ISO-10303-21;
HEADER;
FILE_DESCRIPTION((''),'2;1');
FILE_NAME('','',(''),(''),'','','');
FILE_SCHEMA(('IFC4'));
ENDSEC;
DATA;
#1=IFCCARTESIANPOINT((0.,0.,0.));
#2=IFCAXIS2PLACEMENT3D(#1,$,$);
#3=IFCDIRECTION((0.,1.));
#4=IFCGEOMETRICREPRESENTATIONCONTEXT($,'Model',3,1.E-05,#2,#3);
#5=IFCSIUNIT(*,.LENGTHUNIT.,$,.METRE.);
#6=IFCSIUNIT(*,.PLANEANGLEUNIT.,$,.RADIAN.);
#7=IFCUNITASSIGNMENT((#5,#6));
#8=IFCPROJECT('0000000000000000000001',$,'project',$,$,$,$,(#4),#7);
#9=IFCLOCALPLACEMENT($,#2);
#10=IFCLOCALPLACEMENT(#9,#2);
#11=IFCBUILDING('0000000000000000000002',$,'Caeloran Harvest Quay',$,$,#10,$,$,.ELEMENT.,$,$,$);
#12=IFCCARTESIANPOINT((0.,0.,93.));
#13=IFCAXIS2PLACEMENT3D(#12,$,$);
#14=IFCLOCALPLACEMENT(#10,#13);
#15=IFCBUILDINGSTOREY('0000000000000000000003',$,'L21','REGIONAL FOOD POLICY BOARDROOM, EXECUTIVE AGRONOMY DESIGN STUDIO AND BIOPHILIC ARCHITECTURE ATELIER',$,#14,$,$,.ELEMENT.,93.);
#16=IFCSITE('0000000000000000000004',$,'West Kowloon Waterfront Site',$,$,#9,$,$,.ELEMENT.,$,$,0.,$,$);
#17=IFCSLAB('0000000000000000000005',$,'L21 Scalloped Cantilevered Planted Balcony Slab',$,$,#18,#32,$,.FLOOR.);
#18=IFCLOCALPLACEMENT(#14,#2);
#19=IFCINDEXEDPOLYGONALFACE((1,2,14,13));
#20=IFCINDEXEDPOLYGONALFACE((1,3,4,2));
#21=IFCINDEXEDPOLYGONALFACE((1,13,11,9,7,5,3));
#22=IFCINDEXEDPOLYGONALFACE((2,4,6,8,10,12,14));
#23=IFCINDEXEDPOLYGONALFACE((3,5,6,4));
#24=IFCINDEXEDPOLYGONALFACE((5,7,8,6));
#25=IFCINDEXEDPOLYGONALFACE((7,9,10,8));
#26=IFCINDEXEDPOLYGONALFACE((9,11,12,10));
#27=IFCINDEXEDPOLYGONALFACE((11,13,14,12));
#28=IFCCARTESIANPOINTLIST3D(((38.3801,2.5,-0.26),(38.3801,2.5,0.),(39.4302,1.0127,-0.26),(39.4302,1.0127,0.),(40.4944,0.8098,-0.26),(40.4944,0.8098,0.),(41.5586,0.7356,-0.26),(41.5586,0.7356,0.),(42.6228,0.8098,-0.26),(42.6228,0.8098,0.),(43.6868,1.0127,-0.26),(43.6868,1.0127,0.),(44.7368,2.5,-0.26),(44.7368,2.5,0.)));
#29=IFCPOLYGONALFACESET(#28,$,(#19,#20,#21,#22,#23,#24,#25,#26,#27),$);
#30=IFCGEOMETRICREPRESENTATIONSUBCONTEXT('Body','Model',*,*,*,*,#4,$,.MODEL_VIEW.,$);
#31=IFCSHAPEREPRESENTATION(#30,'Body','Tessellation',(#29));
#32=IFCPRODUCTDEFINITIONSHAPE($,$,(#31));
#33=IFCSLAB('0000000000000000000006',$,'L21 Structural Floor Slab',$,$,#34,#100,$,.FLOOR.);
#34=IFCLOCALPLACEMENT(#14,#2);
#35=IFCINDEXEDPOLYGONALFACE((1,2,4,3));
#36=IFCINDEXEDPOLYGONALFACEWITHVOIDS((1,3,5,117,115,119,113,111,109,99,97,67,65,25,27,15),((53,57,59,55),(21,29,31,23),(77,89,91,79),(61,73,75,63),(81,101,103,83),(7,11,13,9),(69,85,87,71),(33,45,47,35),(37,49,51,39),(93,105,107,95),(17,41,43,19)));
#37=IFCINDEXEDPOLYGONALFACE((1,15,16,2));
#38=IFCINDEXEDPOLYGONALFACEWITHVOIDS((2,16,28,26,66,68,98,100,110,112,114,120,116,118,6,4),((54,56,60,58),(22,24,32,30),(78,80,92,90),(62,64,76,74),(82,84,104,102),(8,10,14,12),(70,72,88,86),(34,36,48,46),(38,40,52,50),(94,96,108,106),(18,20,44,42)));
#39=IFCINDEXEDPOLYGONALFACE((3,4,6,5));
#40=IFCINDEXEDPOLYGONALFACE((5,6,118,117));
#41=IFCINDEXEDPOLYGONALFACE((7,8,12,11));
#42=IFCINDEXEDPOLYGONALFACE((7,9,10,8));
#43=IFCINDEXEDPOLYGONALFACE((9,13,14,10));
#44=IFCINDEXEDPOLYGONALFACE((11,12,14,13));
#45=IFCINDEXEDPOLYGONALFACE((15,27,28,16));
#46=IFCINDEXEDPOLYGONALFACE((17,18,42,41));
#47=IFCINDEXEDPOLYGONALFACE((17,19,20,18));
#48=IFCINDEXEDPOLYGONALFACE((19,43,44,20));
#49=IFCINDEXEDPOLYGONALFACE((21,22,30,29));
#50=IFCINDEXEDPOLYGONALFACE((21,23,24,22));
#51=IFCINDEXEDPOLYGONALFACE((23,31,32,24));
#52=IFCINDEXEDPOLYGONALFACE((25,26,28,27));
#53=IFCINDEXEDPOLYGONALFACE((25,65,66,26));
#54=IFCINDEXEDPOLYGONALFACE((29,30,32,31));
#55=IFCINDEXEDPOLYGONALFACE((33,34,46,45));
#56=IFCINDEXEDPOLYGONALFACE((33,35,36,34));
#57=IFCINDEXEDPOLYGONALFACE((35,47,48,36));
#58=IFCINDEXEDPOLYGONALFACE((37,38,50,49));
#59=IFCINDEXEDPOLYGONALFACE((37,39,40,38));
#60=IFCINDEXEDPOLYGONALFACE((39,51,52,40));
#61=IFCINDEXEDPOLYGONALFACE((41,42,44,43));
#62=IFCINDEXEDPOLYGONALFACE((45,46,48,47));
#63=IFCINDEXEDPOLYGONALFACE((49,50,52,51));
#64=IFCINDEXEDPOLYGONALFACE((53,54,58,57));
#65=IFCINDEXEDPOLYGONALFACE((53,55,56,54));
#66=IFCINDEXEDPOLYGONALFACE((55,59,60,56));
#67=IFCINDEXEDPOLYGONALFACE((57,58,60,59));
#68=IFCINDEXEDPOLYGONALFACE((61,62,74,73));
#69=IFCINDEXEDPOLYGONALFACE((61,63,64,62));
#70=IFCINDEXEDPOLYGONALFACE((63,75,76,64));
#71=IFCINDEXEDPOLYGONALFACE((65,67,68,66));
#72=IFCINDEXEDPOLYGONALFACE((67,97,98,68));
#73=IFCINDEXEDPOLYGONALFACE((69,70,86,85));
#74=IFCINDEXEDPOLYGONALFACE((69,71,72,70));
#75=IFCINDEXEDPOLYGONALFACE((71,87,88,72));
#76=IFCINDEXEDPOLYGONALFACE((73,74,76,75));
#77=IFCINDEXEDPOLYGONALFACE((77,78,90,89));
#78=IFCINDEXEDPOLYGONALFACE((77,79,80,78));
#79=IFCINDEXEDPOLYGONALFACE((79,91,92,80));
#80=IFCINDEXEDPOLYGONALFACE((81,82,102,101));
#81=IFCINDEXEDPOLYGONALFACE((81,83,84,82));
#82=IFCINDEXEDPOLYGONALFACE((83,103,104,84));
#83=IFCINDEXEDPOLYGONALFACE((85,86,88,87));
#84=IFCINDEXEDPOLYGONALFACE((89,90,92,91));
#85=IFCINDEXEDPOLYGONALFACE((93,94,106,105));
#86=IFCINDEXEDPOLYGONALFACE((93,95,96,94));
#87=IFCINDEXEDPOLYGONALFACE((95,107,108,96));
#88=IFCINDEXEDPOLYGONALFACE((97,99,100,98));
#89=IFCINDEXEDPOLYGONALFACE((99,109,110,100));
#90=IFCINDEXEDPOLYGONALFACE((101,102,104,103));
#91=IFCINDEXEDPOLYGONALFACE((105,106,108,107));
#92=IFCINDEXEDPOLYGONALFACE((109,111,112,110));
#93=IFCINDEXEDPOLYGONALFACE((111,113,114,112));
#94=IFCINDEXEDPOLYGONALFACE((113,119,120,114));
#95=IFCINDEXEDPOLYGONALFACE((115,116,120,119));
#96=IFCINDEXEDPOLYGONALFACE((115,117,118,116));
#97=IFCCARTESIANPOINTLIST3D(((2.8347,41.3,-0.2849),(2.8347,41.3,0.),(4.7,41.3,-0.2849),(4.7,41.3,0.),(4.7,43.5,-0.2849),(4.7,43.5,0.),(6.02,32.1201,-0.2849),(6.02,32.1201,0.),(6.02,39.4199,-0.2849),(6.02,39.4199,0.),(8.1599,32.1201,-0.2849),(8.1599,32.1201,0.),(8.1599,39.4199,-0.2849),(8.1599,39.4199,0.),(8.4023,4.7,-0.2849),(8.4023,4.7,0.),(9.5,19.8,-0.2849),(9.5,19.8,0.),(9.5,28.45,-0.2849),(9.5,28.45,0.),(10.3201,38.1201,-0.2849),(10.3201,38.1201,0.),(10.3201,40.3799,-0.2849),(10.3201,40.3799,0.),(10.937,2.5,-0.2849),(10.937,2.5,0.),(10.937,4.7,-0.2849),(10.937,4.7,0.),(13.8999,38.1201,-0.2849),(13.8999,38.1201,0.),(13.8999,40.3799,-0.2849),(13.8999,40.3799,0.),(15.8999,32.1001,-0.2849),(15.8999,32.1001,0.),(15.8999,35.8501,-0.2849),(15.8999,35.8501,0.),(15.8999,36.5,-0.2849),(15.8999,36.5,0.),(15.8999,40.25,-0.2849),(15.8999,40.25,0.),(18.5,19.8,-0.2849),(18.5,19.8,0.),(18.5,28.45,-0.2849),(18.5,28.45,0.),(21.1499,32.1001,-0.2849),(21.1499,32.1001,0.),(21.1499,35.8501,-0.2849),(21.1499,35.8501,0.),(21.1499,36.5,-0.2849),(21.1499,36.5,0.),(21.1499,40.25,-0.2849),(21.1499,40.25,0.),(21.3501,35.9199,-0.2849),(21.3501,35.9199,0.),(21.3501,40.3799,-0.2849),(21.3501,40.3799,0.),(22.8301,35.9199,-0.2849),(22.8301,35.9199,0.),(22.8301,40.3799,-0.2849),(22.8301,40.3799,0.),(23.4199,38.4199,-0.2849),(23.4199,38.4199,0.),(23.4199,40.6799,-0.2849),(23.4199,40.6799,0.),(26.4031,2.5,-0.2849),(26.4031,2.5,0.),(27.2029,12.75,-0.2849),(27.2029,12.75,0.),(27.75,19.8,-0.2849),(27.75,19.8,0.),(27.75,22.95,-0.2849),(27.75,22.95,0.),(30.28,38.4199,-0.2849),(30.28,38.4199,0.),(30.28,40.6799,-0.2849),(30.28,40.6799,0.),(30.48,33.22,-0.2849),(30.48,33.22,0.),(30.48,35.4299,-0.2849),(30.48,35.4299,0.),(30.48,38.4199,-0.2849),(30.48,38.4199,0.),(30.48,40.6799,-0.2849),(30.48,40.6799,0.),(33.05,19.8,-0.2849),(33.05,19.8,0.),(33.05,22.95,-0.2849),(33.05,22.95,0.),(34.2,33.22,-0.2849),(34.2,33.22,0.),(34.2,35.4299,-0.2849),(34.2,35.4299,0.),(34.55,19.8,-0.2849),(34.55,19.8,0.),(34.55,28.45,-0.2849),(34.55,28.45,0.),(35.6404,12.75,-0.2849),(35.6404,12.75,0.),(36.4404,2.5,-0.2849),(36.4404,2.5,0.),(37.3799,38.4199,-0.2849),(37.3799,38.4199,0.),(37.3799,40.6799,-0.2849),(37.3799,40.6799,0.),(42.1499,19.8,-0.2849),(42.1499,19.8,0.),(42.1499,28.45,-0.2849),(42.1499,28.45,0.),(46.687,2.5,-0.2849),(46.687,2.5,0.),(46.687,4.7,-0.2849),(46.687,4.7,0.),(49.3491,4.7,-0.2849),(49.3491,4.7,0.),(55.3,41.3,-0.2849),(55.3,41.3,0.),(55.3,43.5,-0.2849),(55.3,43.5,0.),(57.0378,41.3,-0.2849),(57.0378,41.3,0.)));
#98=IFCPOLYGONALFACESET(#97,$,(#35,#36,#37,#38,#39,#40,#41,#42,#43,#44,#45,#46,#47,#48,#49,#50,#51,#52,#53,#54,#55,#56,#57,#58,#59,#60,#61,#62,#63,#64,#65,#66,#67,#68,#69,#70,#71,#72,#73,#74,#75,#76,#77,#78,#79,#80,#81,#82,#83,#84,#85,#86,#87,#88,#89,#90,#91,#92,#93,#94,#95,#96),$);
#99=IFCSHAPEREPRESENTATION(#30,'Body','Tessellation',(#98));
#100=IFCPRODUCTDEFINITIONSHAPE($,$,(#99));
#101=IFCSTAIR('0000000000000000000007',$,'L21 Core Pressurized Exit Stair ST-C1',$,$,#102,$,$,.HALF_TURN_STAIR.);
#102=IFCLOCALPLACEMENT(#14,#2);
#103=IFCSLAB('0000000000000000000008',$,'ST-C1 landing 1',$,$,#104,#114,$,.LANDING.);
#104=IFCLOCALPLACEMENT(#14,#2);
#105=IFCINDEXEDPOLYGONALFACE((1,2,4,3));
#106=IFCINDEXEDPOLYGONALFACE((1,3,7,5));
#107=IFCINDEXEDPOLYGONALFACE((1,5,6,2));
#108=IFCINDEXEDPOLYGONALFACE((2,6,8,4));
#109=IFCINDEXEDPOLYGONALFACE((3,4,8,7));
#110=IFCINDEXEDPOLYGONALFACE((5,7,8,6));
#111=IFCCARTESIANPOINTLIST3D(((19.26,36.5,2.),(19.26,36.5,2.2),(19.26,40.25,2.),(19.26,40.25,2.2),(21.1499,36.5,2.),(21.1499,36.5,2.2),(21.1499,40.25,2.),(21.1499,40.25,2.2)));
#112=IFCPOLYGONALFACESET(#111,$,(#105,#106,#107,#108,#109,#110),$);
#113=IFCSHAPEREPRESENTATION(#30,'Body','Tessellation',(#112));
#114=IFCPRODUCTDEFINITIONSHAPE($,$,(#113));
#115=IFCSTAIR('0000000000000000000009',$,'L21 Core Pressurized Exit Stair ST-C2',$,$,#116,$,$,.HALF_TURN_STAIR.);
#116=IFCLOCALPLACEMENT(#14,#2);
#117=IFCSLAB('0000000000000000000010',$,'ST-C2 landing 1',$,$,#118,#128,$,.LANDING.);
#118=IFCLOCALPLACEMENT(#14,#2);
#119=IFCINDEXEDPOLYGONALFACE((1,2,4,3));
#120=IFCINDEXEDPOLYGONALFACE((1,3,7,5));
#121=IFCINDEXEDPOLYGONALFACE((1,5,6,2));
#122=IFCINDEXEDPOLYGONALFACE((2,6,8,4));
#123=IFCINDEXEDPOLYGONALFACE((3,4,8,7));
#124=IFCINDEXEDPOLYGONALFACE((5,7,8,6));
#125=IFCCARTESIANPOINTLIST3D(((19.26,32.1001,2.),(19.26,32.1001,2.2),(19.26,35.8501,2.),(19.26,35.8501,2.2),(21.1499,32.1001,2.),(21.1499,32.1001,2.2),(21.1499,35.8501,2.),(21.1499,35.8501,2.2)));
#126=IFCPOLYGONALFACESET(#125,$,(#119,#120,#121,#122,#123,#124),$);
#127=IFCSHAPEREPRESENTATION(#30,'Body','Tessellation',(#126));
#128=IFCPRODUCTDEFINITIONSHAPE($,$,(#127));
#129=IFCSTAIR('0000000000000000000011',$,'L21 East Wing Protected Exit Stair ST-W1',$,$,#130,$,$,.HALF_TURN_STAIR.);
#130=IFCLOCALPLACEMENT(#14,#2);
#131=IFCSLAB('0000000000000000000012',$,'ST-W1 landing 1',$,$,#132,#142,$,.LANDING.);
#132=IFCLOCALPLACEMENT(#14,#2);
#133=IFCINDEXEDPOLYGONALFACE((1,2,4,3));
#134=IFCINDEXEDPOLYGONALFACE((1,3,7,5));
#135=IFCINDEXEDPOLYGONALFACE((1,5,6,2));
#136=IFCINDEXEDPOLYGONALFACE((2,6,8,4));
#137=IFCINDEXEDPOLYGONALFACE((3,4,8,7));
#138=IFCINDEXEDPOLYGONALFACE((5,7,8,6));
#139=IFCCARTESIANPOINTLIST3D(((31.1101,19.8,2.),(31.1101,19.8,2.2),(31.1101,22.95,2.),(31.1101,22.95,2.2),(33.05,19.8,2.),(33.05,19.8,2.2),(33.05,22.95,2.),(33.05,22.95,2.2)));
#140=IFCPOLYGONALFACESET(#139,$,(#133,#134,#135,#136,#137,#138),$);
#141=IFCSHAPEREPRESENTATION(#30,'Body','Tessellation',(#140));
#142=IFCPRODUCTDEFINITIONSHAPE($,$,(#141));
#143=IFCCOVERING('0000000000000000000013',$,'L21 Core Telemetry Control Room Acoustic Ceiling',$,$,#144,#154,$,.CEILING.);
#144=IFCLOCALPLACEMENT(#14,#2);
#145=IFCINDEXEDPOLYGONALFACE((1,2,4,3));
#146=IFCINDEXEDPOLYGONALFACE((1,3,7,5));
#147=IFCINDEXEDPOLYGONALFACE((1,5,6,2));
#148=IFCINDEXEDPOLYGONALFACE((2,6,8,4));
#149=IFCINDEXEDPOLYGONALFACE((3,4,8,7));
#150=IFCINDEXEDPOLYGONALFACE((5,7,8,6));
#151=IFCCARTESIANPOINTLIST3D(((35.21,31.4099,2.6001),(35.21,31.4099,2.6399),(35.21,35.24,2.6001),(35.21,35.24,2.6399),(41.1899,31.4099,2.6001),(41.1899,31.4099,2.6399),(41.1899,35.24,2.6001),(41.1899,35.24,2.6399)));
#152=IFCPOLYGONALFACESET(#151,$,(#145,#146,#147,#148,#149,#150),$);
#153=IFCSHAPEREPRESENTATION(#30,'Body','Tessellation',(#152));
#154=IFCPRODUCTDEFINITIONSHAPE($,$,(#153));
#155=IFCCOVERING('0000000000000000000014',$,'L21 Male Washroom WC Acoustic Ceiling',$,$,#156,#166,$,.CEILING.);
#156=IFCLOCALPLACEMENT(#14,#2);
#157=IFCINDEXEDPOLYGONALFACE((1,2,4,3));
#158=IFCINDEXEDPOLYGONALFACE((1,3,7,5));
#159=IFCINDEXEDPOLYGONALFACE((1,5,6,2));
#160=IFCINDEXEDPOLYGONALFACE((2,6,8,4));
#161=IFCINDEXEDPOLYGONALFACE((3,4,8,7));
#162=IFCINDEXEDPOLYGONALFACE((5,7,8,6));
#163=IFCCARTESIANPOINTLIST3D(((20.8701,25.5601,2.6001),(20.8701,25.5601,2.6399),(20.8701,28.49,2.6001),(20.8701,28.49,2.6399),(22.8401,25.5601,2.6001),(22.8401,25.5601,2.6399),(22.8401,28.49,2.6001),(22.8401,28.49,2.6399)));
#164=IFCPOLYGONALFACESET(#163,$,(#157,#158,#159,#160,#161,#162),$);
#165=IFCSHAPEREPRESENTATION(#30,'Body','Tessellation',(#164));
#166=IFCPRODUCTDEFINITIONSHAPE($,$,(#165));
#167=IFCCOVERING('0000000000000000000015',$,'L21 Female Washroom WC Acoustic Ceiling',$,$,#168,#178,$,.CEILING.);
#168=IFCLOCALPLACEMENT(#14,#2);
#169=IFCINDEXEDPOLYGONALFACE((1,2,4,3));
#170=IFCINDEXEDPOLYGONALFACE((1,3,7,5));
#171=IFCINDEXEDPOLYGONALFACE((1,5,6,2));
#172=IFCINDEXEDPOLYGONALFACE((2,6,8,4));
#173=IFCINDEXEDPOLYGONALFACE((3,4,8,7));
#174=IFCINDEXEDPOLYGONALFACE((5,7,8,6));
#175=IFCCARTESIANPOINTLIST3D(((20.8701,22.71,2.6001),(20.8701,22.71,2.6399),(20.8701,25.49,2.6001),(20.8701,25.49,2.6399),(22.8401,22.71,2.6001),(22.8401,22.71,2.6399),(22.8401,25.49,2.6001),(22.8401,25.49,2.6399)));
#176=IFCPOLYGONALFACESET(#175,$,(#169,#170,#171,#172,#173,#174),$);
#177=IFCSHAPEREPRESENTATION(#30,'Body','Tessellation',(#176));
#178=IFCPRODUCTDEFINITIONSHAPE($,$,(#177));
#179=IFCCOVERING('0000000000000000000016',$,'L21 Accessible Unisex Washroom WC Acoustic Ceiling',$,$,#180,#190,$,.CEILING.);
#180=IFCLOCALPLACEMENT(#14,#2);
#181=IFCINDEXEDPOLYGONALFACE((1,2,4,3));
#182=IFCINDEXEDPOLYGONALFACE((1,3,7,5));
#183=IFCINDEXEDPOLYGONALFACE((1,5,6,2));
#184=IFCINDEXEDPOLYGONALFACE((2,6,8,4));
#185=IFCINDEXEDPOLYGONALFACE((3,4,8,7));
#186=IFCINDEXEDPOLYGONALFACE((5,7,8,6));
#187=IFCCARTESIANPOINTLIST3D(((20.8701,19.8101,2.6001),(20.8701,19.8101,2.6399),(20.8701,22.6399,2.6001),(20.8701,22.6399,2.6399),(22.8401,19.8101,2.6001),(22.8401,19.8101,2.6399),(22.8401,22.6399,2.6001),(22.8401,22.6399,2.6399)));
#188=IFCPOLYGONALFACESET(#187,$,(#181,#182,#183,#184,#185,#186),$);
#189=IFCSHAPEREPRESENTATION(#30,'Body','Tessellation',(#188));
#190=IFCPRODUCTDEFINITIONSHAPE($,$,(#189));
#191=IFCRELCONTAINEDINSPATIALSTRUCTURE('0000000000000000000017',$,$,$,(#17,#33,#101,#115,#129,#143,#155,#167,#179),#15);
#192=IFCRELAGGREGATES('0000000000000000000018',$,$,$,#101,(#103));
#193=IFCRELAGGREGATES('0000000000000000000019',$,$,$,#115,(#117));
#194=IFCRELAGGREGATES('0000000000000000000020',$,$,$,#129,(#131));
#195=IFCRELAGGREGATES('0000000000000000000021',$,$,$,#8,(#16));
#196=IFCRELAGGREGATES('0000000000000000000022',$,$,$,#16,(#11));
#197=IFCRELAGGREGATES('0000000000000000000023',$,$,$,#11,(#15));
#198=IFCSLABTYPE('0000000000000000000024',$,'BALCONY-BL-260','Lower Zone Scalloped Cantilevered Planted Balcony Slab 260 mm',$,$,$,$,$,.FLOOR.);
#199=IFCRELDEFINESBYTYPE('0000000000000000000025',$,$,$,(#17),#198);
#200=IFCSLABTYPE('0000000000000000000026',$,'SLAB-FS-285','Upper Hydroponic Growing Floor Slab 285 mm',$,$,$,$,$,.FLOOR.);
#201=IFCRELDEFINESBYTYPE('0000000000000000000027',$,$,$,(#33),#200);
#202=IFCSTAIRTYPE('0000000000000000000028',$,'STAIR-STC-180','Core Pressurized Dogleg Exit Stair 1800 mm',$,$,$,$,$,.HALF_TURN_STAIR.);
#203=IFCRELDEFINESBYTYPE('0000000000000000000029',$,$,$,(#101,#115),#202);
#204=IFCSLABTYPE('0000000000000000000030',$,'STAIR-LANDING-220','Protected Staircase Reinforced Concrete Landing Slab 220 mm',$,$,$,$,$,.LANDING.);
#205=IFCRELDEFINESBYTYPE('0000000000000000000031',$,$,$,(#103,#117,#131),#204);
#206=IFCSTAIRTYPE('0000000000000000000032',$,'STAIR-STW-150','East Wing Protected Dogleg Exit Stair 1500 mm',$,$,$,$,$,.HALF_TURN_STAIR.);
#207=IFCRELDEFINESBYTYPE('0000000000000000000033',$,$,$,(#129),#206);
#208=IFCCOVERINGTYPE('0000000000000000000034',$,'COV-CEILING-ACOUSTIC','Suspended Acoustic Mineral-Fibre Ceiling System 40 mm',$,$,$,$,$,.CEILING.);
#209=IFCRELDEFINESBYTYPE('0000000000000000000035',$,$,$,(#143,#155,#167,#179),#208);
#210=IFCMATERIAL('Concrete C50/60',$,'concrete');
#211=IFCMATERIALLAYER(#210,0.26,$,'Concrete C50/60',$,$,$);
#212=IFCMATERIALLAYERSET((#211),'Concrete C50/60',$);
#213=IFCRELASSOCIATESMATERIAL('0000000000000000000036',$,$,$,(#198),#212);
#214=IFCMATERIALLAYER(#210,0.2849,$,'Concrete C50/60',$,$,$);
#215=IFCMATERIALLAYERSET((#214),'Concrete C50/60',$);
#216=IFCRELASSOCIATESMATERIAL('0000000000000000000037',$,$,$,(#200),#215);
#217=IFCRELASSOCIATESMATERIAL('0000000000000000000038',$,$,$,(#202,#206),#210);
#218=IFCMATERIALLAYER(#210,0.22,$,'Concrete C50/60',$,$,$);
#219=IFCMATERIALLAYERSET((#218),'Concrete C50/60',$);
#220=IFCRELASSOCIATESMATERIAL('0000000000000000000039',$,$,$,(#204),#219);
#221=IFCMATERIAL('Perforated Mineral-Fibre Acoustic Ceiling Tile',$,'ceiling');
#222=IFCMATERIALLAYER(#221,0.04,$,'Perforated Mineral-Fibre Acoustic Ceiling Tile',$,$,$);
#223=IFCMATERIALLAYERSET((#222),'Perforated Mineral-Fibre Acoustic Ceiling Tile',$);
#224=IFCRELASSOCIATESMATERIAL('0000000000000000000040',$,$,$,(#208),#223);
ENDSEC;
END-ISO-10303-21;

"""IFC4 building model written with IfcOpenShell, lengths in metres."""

from ifc_helpers import new_model, si_unit, direction, frame, origin, place, context, subcontext, project, spatial, polyline, outline, extrude, material, layer, layer_set, type_object, element, aggregate, save


model = new_model("IFC4")

# Units and contexts
model_context = context("Model", 3, precision=1e-05, world=origin(), true_north=direction((0.0, 1.0)))
body_context = subcontext(model_context, "Body", "Model", "MODEL_VIEW")
ifc_project = project(units=[si_unit("LENGTHUNIT", "METRE"), si_unit("PLANEANGLEUNIT", "RADIAN")], contexts=[model_context])

# Site, building, storey
site_placement = place(None, origin())
site = spatial("IfcSite", under=ifc_project, at=site_placement, Name="West Kowloon Waterfront Site", CompositionType="ELEMENT", RefElevation=0.0)
building_placement = place(site_placement, origin())
building = spatial("IfcBuilding", under=site, at=building_placement, Name="Caeloran Harvest Quay", CompositionType="ELEMENT")
storey_placement = place(building_placement, frame((0.0, 0.0, 93.0)))
storey = spatial("IfcBuildingStorey", under=building, at=storey_placement, Name="L21", Description="REGIONAL FOOD POLICY BOARDROOM, EXECUTIVE AGRONOMY DESIGN STUDIO AND BIOPHILIC ARCHITECTURE ATELIER", CompositionType="ELEMENT", Elevation=93.0)

# Slabs
ifc_material_1 = material(Name="Concrete C50/60", Category="concrete")
ifc_layer_1 = layer(ifc_material_1, 0.26, Name="Concrete C50/60")
ifc_layer_set_1 = layer_set([ifc_layer_1], Name="Concrete C50/60")
slab_type_1 = type_object("IfcSlabType", Name="BALCONY-BL-260", Description="Lower Zone Scalloped Cantilevered Planted Balcony Slab 260 mm", PredefinedType="FLOOR", material=ifc_layer_set_1)
slab_1_placement = place(storey_placement, frame((0.0, 0.0, -0.26)))
element("IfcSlab", 1, at=slab_1_placement, inside=storey, type_object=slab_type_1, Name="L21 Scalloped Cantilevered Planted Balcony Slab", PredefinedType="FLOOR", context=body_context, shape_type="SweptSolid", body=[
    extrude(outline(polyline([(43.6868, 1.0127), (42.6228, 0.8098), (41.5586, 0.7356), (40.4944, 0.8098), (39.4302, 1.0127), (38.3801, 2.5), (44.7368, 2.5), (43.6868, 1.0127)])), origin(), (0.0, 0.0, 1.0), 0.26),
])
ifc_layer_2 = layer(ifc_material_1, 0.2849, Name="Concrete C50/60")
ifc_layer_set_2 = layer_set([ifc_layer_2], Name="Concrete C50/60")
slab_type_2 = type_object("IfcSlabType", Name="SLAB-FS-285", Description="Upper Hydroponic Growing Floor Slab 285 mm", PredefinedType="FLOOR", material=ifc_layer_set_2)
slab_2_placement = place(storey_placement, frame((0.0, 0.0, -0.2849)))
element("IfcSlab", 2, at=slab_2_placement, inside=storey, type_object=slab_type_2, Name="L21 Structural Floor Slab", PredefinedType="FLOOR", context=body_context, shape_type="SweptSolid", body=[
    extrude(outline(polyline([(10.937, 2.5), (26.4031, 2.5), (27.2029, 12.75), (35.6404, 12.75), (36.4404, 2.5), (46.687, 2.5), (46.687, 4.7), (49.3491, 4.7), (57.0378, 41.3), (55.3, 41.3), (55.3, 43.5), (4.7, 43.5), (4.7, 41.3), (2.8347, 41.3), (8.4023, 4.7), (10.937, 4.7), (10.937, 2.5)]), holes=[polyline([(18.5, 19.8), (9.5, 19.8), (9.5, 28.45), (18.5, 28.45), (18.5, 19.8)]), polyline([(15.8999, 32.1001), (15.8999, 35.8501), (21.1499, 35.8501), (21.1499, 32.1001), (15.8999, 32.1001)]), polyline([(8.1599, 32.1201), (6.02, 32.1201), (6.02, 39.4199), (8.1599, 39.4199), (8.1599, 32.1201)]), polyline([(21.3501, 35.9199), (21.3501, 40.3799), (22.8301, 40.3799), (22.8301, 35.9199), (21.3501, 35.9199)]), polyline([(15.8999, 40.25), (21.1499, 40.25), (21.1499, 36.5), (15.8999, 36.5), (15.8999, 40.25)]), polyline([(13.8999, 38.1201), (10.3201, 38.1201), (10.3201, 40.3799), (13.8999, 40.3799), (13.8999, 38.1201)]), polyline([(27.75, 22.95), (33.05, 22.95), (33.05, 19.8), (27.75, 19.8), (27.75, 22.95)]), polyline([(34.55, 19.8), (34.55, 28.45), (42.1499, 28.45), (42.1499, 19.8), (34.55, 19.8)]), polyline([(34.2, 33.22), (30.48, 33.22), (30.48, 35.4299), (34.2, 35.4299), (34.2, 33.22)]), polyline([(23.4199, 38.4199), (23.4199, 40.6799), (30.28, 40.6799), (30.28, 38.4199), (23.4199, 38.4199)]), polyline([(30.48, 38.4199), (30.48, 40.6799), (37.3799, 40.6799), (37.3799, 38.4199), (30.48, 38.4199)])]), origin(), (0.0, 0.0, 1.0), 0.2849),
])

# Stairs, slabs
stair_type_1 = type_object("IfcStairType", Name="STAIR-STC-180", Description="Core Pressurized Dogleg Exit Stair 1800 mm", PredefinedType="HALF_TURN_STAIR", material=ifc_material_1)
stair_1_placement = place(storey_placement, origin())
stair_1 = element("IfcStair", 3, at=stair_1_placement, inside=storey, type_object=stair_type_1, Name="L21 Core Pressurized Exit Stair ST-C1", PredefinedType="HALF_TURN_STAIR")
ifc_layer_3 = layer(ifc_material_1, 0.22, Name="Concrete C50/60")
ifc_layer_set_3 = layer_set([ifc_layer_3], Name="Concrete C50/60")
slab_type_3 = type_object("IfcSlabType", Name="STAIR-LANDING-220", Description="Protected Staircase Reinforced Concrete Landing Slab 220 mm", PredefinedType="LANDING", material=ifc_layer_set_3)
slab_3_placement = place(storey_placement, frame((0.0, 0.0, 2.0)))
slab_3 = element("IfcSlab", 4, at=slab_3_placement, type_object=slab_type_3, Name="ST-C1 landing 1", PredefinedType="LANDING", context=body_context, shape_type="SweptSolid", body=[
    extrude(outline(polyline([(19.26, 36.5), (21.1499, 36.5), (21.1499, 40.25), (19.26, 40.25), (19.26, 36.5)])), origin(), (0.0, 0.0, 1.0), 0.2),
])
aggregate(stair_1, [slab_3])
stair_2_placement = place(storey_placement, origin())
stair_2 = element("IfcStair", 5, at=stair_2_placement, inside=storey, type_object=stair_type_1, Name="L21 Core Pressurized Exit Stair ST-C2", PredefinedType="HALF_TURN_STAIR")
slab_4_placement = place(storey_placement, frame((0.0, 0.0, 2.0)))
slab_4 = element("IfcSlab", 6, at=slab_4_placement, type_object=slab_type_3, Name="ST-C2 landing 1", PredefinedType="LANDING", context=body_context, shape_type="SweptSolid", body=[
    extrude(outline(polyline([(19.26, 32.1001), (21.1499, 32.1001), (21.1499, 35.8501), (19.26, 35.8501), (19.26, 32.1001)])), origin(), (0.0, 0.0, 1.0), 0.2),
])
aggregate(stair_2, [slab_4])
stair_type_2 = type_object("IfcStairType", Name="STAIR-STW-150", Description="East Wing Protected Dogleg Exit Stair 1500 mm", PredefinedType="HALF_TURN_STAIR", material=ifc_material_1)
stair_3_placement = place(storey_placement, origin())
stair_3 = element("IfcStair", 7, at=stair_3_placement, inside=storey, type_object=stair_type_2, Name="L21 East Wing Protected Exit Stair ST-W1", PredefinedType="HALF_TURN_STAIR")
slab_5_placement = place(storey_placement, frame((0.0, 0.0, 2.0)))
slab_5 = element("IfcSlab", 8, at=slab_5_placement, type_object=slab_type_3, Name="ST-W1 landing 1", PredefinedType="LANDING", context=body_context, shape_type="SweptSolid", body=[
    extrude(outline(polyline([(31.1101, 19.8), (33.05, 19.8), (33.05, 22.95), (31.1101, 22.95), (31.1101, 19.8)])), origin(), (0.0, 0.0, 1.0), 0.2),
])
aggregate(stair_3, [slab_5])

# Coverings
ifc_material_2 = material(Name="Perforated Mineral-Fibre Acoustic Ceiling Tile", Category="ceiling")
ifc_layer_4 = layer(ifc_material_2, 0.04, Name="Perforated Mineral-Fibre Acoustic Ceiling Tile")
ifc_layer_set_4 = layer_set([ifc_layer_4], Name="Perforated Mineral-Fibre Acoustic Ceiling Tile")
covering_type_1 = type_object("IfcCoveringType", Name="COV-CEILING-ACOUSTIC", Description="Suspended Acoustic Mineral-Fibre Ceiling System 40 mm", PredefinedType="CEILING", material=ifc_layer_set_4)
covering_1_placement = place(storey_placement, frame((0.0, 0.0, 2.6001)))
element("IfcCovering", 9, at=covering_1_placement, inside=storey, type_object=covering_type_1, Name="L21 Core Telemetry Control Room Acoustic Ceiling", PredefinedType="CEILING", context=body_context, shape_type="SweptSolid", body=[
    extrude(outline(polyline([(41.1899, 35.24), (41.1899, 31.4099), (35.21, 31.4099), (35.21, 35.24), (41.1899, 35.24)])), origin(), (0.0, 0.0, 1.0), 0.0398),
])
covering_2_placement = place(storey_placement, frame((0.0, 0.0, 2.6001)))
element("IfcCovering", 10, at=covering_2_placement, inside=storey, type_object=covering_type_1, Name="L21 Male Washroom WC Acoustic Ceiling", PredefinedType="CEILING", context=body_context, shape_type="SweptSolid", body=[
    extrude(outline(polyline([(22.8401, 25.5601), (20.8701, 25.5601), (20.8701, 28.49), (22.8401, 28.49), (22.8401, 25.5601)])), origin(), (0.0, 0.0, 1.0), 0.0398),
])
covering_3_placement = place(storey_placement, frame((0.0, 0.0, 2.6001)))
element("IfcCovering", 11, at=covering_3_placement, inside=storey, type_object=covering_type_1, Name="L21 Female Washroom WC Acoustic Ceiling", PredefinedType="CEILING", context=body_context, shape_type="SweptSolid", body=[
    extrude(outline(polyline([(22.8401, 22.71), (20.8701, 22.71), (20.8701, 25.49), (22.8401, 25.49), (22.8401, 22.71)])), origin(), (0.0, 0.0, 1.0), 0.0398),
])
covering_4_placement = place(storey_placement, frame((0.0, 0.0, 2.6001)))
element("IfcCovering", 12, at=covering_4_placement, inside=storey, type_object=covering_type_1, Name="L21 Accessible Unisex Washroom WC Acoustic Ceiling", PredefinedType="CEILING", context=body_context, shape_type="SweptSolid", body=[
    extrude(outline(polyline([(22.8401, 19.8101), (20.8701, 19.8101), (20.8701, 22.6399), (22.8401, 22.6399), (22.8401, 19.8101)])), origin(), (0.0, 0.0, 1.0), 0.0398),
])

save(model, "model.ifc")
